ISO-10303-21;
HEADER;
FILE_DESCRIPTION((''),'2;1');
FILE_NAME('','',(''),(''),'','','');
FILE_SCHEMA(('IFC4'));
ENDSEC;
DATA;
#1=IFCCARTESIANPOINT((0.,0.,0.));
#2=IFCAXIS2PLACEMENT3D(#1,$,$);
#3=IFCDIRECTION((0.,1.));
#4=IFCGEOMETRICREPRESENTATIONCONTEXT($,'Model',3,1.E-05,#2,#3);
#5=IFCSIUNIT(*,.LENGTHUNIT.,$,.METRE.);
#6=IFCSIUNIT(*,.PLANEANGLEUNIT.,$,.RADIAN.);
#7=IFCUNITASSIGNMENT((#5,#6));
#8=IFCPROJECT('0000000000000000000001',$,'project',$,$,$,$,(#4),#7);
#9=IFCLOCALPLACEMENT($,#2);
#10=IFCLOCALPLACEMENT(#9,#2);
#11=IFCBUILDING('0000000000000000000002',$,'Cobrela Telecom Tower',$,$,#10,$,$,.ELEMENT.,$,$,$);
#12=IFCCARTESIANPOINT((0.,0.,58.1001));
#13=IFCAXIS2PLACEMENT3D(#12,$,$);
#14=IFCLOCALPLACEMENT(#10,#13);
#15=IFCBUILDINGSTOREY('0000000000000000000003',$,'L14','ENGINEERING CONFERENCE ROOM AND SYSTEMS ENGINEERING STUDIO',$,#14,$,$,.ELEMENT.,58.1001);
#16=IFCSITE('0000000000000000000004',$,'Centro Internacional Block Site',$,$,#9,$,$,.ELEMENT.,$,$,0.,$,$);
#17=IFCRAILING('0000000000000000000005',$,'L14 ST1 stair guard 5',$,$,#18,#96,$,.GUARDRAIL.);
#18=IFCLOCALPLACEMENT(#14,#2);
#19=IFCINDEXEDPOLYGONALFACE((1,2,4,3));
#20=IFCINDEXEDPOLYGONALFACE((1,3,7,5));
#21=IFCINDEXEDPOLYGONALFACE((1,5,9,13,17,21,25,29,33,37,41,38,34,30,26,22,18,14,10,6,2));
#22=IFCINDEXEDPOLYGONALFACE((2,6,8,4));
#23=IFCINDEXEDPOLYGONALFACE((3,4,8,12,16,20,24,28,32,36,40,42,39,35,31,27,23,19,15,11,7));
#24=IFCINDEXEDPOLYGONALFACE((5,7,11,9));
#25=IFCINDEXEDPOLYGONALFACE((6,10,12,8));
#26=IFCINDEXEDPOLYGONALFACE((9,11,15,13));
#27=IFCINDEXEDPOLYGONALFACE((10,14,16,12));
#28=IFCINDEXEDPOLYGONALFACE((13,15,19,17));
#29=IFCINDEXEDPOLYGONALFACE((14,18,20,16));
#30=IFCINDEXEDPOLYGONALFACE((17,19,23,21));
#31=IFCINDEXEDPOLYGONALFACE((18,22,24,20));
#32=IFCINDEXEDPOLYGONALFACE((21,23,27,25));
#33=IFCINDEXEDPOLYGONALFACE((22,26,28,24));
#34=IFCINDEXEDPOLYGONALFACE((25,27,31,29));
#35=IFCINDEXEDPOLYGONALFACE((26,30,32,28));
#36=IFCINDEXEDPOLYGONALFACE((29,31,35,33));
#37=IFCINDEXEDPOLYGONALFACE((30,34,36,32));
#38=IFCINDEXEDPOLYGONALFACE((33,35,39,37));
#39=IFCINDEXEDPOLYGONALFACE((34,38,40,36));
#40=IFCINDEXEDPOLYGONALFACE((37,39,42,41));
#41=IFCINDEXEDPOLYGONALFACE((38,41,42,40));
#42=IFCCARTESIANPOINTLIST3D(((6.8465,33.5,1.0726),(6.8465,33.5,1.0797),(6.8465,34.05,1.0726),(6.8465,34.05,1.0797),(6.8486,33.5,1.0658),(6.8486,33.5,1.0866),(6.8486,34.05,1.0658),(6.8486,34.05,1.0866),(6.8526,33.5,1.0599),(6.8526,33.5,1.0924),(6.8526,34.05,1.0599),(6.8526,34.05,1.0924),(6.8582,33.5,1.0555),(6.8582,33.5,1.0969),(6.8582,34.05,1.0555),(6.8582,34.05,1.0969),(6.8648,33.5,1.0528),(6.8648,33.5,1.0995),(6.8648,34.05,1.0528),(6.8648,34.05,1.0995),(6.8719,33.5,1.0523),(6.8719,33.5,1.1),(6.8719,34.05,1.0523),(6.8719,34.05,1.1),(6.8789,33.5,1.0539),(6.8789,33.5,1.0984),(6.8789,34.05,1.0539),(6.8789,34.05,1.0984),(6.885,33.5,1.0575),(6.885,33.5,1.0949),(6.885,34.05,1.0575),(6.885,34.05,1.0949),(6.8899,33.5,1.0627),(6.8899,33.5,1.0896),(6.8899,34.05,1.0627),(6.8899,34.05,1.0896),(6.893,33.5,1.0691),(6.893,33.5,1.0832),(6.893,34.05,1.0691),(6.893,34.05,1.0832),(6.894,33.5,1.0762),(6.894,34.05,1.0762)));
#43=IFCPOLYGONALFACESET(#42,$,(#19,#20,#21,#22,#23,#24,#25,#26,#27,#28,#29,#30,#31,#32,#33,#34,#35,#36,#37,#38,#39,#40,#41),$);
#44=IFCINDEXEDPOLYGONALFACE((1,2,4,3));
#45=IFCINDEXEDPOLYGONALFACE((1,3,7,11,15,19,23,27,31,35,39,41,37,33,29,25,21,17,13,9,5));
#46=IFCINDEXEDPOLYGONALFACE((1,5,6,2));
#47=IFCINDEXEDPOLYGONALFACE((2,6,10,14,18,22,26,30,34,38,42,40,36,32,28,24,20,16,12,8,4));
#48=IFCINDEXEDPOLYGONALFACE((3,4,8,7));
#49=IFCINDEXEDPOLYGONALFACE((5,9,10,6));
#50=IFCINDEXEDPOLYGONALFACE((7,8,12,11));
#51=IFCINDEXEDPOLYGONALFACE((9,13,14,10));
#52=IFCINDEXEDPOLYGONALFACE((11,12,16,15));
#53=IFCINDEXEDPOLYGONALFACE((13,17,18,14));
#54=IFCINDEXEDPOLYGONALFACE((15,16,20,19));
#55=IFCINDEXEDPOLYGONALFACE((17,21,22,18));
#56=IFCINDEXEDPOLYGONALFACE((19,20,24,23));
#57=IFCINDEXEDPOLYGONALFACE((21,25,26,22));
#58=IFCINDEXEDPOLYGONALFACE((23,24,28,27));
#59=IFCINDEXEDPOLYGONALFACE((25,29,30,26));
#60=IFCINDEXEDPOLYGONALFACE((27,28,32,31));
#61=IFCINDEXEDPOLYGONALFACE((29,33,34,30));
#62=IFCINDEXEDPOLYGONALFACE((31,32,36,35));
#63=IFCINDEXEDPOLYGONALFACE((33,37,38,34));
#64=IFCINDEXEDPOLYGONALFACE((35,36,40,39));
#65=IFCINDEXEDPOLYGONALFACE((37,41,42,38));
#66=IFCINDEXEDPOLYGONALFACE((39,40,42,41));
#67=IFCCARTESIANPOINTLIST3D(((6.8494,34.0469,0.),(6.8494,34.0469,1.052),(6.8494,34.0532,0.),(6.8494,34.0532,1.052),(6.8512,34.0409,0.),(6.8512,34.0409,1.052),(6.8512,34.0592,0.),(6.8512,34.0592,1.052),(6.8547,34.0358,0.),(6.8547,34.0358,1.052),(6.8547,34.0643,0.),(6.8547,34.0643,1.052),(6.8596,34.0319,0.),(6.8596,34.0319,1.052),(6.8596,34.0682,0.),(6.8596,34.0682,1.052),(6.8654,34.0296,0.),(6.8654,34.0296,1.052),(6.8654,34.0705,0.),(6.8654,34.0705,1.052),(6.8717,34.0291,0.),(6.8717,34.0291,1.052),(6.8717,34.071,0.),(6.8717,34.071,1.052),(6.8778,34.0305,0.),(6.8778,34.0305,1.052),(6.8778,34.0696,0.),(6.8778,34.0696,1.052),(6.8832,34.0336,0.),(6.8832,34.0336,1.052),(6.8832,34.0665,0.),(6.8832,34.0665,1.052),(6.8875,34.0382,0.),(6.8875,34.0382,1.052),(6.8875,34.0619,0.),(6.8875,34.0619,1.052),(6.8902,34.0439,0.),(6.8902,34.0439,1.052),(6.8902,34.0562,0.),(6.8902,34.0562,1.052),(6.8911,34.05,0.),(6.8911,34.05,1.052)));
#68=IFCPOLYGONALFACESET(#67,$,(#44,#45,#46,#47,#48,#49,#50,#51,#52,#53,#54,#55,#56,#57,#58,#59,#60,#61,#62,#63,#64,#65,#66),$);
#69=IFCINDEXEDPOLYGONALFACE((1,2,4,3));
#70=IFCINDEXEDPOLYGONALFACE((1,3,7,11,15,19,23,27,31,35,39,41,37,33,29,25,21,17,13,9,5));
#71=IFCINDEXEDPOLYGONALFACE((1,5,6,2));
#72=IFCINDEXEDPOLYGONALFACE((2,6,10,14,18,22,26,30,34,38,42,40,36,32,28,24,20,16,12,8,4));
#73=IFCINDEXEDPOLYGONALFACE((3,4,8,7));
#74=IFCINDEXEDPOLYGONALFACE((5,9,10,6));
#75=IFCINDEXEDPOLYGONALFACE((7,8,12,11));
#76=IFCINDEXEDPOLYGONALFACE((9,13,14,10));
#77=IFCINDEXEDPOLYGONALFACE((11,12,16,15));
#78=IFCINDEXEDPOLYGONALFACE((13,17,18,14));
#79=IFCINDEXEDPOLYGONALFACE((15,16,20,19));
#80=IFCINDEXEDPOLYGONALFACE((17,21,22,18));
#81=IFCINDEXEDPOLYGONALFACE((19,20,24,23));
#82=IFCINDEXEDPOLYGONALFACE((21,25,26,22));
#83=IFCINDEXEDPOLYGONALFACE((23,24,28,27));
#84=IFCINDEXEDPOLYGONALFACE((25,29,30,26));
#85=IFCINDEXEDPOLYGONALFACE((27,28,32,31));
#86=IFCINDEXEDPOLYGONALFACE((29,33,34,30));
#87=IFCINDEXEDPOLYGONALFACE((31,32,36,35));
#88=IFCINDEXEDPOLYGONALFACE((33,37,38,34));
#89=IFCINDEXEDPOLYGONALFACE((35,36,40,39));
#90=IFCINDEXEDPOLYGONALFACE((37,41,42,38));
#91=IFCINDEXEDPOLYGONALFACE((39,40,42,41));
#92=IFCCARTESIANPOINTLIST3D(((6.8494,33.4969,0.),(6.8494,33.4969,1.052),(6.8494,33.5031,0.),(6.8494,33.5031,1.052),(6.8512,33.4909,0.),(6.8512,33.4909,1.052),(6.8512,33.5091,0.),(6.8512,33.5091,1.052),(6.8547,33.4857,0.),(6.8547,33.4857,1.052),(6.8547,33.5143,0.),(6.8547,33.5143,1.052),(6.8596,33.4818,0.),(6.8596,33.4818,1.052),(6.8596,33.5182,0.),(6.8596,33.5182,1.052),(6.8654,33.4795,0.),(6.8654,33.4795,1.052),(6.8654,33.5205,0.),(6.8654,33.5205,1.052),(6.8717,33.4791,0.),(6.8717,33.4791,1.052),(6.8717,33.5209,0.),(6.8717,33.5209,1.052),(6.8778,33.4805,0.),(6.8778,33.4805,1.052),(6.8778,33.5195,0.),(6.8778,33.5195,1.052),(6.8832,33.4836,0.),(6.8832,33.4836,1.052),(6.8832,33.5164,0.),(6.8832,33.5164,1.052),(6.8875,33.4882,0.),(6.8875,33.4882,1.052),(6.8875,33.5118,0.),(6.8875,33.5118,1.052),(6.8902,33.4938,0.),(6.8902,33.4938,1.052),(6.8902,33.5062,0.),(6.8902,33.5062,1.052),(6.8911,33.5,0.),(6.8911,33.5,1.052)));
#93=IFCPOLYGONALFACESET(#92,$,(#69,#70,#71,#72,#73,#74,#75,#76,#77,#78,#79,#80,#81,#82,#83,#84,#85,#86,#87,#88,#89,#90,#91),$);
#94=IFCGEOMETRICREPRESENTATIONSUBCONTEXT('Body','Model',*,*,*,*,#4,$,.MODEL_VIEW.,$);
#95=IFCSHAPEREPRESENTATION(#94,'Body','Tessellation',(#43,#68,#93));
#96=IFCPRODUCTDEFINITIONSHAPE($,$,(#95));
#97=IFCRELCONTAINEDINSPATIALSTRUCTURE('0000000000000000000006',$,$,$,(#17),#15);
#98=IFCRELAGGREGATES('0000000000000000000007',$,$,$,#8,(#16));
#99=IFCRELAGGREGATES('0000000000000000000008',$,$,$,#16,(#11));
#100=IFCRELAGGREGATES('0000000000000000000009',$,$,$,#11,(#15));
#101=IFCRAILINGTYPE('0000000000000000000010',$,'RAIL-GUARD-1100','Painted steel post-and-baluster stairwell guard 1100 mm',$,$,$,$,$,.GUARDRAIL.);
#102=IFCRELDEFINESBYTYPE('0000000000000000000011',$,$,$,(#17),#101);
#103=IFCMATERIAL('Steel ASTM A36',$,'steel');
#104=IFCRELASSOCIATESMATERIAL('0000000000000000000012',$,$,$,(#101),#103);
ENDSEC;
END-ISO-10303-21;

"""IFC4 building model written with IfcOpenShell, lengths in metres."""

from ifc_helpers import new_model, si_unit, direction, frame, origin, origin_2d, place, context, subcontext, project, spatial, circle, extrude, material, type_object, element, save


model = new_model("IFC4")

# Units and contexts
model_context = context("Model", 3, precision=1e-05, world=origin(), true_north=direction((0.0, 1.0)))
body_context = subcontext(model_context, "Body", "Model", "MODEL_VIEW")
ifc_project = project(units=[si_unit("LENGTHUNIT", "METRE"), si_unit("PLANEANGLEUNIT", "RADIAN")], contexts=[model_context])

# Site, building, storey
site_placement = place(None, origin())
site = spatial("IfcSite", under=ifc_project, at=site_placement, Name="Centro Internacional Block Site", CompositionType="ELEMENT", RefElevation=0.0)
building_placement = place(site_placement, origin())
building = spatial("IfcBuilding", under=site, at=building_placement, Name="Cobrela Telecom Tower", CompositionType="ELEMENT")
storey_placement = place(building_placement, frame((0.0, 0.0, 58.1001)))
storey = spatial("IfcBuildingStorey", under=building, at=storey_placement, Name="L14", Description="ENGINEERING CONFERENCE ROOM AND SYSTEMS ENGINEERING STUDIO", CompositionType="ELEMENT", Elevation=58.1001)

# Shared definitions
ifc_material_1 = material(Name="Steel ASTM A36", Category="steel")

# Railing
railing_type_1 = type_object("IfcRailingType", Name="RAIL-GUARD-1100", Description="Painted steel post-and-baluster stairwell guard 1100 mm", PredefinedType="GUARDRAIL", material=ifc_material_1)
railing_1_placement = place(storey_placement, frame((6.8701, 34.05, 0.0)))
element("IfcRailing", 1, at=railing_1_placement, inside=storey, type_object=railing_type_1, Name="L14 ST1 stair guard 5", PredefinedType="GUARDRAIL", context=body_context, shape_type="SweptSolid", body=[
    extrude(circle(Radius=0.0239, at=origin_2d()), frame((0.0, 0.0, 1.0762), z_axis=(0.0, -1.0, 0.0), x_axis=(1.0, 0.0, 0.0)), (0.0, 0.0, 1.0), 0.55),
    extrude(circle(Radius=0.021, at=origin_2d()), origin(), (0.0, 0.0, 1.0), 1.052),
    extrude(circle(Radius=0.021, at=origin_2d()), frame((0.0, -0.55, 0.0)), (0.0, 0.0, 1.0), 1.052),
])

save(model, "model.ifc")
